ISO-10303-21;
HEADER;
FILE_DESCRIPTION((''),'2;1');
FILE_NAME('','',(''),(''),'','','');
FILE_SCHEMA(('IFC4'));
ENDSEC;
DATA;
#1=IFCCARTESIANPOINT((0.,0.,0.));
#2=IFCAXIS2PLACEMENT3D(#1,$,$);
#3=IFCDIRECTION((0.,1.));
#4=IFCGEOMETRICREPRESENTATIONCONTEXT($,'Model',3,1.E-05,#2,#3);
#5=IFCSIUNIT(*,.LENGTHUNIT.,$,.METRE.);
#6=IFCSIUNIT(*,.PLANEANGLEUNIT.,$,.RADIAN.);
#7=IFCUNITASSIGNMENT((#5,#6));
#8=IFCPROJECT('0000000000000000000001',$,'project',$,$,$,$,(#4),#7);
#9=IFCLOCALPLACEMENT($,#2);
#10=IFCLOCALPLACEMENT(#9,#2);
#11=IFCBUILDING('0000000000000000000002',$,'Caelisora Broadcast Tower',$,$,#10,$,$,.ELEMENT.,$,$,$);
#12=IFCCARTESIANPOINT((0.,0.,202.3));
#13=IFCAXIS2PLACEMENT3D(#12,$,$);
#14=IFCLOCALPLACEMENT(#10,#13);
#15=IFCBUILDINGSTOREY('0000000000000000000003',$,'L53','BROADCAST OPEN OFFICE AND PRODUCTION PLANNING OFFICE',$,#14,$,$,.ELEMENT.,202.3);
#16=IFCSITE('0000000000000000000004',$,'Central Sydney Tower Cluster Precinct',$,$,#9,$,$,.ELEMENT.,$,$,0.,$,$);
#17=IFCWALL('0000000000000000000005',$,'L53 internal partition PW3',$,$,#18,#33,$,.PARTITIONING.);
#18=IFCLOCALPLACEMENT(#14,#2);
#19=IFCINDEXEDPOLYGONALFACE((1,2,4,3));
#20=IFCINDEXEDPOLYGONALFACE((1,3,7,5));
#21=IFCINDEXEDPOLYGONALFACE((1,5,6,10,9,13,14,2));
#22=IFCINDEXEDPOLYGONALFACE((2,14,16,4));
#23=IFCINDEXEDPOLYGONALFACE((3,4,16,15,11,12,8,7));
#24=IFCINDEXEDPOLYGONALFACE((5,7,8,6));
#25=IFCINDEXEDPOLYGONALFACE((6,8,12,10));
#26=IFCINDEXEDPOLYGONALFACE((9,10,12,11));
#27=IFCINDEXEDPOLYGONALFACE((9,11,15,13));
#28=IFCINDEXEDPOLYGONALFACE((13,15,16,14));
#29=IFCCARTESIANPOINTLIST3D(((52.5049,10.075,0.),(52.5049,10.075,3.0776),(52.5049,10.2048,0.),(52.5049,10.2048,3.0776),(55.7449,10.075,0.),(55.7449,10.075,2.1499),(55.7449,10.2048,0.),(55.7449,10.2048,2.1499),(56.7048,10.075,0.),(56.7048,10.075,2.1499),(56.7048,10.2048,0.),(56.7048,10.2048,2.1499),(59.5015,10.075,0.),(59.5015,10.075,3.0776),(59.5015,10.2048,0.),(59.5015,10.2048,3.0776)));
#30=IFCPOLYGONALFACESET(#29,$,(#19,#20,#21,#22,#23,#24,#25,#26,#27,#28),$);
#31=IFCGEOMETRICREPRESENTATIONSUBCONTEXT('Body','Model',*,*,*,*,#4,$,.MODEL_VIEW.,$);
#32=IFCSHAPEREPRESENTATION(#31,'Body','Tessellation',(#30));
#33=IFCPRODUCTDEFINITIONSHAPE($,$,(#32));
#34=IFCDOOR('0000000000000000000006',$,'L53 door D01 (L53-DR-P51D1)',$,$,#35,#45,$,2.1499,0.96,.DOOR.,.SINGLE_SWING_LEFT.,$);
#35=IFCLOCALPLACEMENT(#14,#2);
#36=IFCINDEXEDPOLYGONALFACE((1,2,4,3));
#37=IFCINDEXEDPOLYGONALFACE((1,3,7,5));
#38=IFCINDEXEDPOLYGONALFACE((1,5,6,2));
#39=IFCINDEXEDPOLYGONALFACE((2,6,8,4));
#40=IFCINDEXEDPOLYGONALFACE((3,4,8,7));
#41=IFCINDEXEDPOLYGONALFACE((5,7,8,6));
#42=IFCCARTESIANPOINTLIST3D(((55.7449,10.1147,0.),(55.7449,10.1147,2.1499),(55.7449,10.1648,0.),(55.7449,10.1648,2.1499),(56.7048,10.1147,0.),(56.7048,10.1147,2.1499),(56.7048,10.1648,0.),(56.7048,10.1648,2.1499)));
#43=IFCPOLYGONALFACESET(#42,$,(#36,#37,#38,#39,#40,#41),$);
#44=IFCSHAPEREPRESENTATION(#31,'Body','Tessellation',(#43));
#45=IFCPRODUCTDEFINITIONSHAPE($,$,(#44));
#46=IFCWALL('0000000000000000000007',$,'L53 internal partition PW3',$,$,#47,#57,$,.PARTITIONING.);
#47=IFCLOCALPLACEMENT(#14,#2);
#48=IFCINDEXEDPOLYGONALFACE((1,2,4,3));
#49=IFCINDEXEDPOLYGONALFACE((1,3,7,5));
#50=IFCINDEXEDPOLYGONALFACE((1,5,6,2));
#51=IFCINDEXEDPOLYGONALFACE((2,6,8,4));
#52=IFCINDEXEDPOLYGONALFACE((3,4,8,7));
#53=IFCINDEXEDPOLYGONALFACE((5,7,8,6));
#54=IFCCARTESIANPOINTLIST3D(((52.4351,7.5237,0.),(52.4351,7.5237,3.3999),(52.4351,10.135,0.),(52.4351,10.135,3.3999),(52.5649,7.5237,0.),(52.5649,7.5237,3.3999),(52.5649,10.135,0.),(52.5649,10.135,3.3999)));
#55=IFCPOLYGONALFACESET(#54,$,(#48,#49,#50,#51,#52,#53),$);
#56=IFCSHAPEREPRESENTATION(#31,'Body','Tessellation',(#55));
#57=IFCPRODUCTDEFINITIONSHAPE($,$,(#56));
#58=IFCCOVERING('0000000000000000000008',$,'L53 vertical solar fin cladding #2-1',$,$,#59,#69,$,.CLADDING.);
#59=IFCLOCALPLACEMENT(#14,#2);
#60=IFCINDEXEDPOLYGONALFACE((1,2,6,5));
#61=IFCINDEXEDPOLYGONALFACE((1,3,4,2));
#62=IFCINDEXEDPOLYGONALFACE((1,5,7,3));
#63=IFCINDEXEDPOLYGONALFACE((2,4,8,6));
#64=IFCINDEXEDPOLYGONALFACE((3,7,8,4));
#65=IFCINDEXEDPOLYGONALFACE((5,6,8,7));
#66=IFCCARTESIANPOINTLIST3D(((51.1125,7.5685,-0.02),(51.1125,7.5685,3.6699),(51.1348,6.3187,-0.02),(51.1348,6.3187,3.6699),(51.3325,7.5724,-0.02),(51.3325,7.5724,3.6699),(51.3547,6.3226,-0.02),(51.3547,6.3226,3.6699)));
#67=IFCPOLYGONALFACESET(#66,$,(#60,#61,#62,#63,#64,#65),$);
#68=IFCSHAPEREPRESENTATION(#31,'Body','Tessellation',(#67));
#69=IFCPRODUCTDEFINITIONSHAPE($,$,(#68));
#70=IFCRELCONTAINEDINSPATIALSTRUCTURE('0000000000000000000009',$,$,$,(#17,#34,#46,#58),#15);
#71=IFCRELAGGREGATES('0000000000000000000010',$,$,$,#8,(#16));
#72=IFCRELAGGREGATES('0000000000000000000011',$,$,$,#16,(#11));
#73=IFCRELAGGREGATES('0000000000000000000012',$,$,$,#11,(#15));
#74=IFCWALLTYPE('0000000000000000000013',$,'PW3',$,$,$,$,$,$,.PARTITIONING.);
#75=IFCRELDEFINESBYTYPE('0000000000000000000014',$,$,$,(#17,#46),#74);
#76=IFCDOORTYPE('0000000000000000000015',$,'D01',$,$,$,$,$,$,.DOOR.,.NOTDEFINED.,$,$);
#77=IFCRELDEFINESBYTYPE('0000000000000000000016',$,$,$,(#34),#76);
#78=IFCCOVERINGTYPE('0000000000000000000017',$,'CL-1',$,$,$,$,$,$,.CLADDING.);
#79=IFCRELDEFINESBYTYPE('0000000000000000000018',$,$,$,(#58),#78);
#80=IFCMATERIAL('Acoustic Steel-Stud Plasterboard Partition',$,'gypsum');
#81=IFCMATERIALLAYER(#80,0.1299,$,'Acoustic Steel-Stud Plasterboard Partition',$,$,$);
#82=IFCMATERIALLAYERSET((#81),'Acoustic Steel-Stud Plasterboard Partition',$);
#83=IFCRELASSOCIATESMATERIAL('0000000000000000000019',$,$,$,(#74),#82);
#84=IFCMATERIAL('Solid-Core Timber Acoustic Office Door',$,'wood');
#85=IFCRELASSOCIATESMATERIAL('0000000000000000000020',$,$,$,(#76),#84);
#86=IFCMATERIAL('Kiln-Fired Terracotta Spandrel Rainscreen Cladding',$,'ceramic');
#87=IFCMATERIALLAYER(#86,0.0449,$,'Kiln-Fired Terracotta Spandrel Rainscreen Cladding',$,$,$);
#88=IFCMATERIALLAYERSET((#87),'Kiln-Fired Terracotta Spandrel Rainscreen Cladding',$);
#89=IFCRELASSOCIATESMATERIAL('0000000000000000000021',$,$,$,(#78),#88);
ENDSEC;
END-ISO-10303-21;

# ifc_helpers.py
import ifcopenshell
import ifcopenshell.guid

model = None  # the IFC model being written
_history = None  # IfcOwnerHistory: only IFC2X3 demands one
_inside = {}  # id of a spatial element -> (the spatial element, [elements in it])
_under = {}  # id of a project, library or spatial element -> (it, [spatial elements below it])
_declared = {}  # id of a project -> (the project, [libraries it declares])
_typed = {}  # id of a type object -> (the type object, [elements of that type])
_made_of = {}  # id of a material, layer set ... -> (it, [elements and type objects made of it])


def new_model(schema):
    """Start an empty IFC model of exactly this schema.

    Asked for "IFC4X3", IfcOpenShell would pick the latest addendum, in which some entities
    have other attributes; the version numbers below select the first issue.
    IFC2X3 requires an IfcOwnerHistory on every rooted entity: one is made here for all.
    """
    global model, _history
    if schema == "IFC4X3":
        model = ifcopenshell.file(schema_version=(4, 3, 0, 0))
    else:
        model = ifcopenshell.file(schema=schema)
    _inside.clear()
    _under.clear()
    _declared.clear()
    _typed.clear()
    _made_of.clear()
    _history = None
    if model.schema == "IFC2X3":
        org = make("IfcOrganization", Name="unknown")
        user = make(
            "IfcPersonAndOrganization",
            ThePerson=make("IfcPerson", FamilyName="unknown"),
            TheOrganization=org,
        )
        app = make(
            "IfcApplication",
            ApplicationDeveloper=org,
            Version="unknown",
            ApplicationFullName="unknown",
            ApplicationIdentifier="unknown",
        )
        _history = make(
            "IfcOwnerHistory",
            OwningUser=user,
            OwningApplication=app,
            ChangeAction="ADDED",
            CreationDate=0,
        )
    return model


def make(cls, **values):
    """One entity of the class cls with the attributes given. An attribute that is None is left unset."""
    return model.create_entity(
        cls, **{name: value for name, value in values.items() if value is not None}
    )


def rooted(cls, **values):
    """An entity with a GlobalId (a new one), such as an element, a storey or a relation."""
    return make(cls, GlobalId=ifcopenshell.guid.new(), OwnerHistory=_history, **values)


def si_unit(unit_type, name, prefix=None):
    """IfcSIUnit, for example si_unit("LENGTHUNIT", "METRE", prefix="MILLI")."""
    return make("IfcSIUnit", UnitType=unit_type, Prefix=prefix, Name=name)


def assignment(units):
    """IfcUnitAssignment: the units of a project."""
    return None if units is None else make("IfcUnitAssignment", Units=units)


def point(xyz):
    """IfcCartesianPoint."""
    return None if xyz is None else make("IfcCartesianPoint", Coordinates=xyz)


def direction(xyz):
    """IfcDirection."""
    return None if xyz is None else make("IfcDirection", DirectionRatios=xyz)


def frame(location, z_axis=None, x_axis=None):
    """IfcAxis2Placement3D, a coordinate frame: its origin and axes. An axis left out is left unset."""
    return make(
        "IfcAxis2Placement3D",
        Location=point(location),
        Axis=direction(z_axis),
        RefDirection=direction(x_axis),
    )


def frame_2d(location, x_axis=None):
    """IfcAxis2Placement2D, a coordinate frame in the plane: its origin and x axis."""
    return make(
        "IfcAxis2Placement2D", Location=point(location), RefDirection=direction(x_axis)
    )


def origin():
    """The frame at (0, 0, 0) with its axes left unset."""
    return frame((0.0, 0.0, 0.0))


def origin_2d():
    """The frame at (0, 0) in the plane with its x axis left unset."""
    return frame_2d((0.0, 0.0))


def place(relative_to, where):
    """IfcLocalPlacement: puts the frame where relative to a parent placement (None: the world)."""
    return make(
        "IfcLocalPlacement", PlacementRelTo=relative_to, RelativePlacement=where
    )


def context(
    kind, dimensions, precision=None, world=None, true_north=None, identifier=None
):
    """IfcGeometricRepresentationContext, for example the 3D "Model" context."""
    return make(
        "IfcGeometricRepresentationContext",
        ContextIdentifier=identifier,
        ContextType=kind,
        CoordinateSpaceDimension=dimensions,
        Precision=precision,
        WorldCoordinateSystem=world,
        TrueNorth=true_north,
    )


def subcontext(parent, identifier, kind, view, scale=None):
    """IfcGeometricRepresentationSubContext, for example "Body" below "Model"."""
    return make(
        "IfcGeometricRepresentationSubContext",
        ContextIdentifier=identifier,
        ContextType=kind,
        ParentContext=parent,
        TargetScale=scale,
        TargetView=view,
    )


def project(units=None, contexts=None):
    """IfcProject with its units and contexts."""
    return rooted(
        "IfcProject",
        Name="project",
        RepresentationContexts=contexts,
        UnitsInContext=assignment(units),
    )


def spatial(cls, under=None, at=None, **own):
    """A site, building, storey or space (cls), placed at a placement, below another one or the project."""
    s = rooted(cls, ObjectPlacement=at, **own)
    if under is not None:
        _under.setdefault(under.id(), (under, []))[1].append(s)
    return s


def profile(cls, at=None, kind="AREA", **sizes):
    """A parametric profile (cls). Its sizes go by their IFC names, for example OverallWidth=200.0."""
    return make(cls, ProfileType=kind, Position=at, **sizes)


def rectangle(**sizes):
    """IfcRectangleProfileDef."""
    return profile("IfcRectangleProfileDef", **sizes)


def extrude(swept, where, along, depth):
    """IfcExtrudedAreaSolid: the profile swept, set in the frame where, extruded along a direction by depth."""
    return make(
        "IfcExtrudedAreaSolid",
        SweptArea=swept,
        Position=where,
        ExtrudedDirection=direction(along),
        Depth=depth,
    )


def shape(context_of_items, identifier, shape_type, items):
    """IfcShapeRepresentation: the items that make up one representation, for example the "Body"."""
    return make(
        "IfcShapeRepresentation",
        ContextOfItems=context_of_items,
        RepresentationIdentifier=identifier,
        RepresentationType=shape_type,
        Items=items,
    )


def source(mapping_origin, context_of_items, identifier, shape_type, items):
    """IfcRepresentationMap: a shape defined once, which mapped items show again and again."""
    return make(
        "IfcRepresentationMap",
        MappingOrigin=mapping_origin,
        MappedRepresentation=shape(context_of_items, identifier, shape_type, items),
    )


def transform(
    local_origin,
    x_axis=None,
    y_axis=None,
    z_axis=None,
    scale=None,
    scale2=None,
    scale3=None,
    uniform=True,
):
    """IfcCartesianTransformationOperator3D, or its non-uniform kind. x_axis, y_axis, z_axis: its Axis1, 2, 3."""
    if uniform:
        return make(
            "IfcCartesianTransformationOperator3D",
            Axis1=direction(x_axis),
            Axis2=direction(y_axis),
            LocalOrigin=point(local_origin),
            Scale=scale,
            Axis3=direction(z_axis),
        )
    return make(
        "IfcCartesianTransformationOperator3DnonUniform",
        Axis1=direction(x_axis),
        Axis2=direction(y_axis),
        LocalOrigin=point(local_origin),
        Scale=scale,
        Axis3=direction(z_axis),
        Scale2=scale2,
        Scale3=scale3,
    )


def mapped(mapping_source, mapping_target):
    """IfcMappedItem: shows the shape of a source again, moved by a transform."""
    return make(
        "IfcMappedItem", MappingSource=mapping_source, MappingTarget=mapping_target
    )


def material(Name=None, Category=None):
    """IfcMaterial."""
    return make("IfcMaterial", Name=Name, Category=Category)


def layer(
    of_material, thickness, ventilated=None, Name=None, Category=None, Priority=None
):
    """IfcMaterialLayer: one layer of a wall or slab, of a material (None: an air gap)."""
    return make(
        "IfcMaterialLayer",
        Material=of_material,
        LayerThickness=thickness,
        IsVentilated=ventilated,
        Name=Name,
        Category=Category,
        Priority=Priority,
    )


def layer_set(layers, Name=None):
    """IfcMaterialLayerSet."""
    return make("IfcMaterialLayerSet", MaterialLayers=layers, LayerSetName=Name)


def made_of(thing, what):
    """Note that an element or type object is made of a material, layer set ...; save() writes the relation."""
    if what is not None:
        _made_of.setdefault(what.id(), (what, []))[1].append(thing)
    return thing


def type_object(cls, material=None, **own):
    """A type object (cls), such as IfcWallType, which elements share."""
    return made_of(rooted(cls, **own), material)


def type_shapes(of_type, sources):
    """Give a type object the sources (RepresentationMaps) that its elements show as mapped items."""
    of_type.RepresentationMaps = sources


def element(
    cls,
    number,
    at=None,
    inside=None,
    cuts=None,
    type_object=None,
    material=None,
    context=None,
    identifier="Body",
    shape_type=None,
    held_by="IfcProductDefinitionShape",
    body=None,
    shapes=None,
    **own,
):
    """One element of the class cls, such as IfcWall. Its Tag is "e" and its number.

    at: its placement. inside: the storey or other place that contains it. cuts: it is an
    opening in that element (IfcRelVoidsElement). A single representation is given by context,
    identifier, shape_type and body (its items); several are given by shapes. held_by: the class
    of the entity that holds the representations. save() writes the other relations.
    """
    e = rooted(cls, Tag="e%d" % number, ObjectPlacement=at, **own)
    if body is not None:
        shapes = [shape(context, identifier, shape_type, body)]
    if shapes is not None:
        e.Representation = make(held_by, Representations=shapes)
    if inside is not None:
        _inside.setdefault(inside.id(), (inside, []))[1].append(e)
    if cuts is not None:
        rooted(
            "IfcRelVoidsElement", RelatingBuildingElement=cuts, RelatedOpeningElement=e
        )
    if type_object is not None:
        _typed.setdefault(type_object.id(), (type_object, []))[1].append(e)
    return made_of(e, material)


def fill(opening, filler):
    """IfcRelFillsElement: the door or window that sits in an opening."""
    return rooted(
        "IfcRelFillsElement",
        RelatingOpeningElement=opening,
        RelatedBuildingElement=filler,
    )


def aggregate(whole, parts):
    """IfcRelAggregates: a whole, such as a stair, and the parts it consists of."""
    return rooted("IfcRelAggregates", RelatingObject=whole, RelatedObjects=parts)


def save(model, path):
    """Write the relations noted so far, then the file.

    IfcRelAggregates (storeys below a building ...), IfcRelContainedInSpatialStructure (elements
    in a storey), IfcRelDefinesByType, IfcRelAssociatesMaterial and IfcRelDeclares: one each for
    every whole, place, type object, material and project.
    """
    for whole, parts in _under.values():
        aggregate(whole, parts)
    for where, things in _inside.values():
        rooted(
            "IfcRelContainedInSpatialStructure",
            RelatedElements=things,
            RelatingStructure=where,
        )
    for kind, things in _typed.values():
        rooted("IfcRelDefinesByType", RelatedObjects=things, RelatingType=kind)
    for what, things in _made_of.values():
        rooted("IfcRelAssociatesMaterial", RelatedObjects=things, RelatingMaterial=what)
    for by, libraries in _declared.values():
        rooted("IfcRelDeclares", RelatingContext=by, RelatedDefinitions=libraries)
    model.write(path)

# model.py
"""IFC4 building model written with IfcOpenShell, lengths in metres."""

from ifc_helpers import new_model, si_unit, direction, frame, frame_2d, origin, origin_2d, place, context, subcontext, project, spatial, rectangle, extrude, source, transform, mapped, material, layer, layer_set, type_object, type_shapes, element, fill, save


model = new_model("IFC4")

# Units and contexts
model_context = context("Model", 3, precision=1e-05, world=origin(), true_north=direction((0.0, 1.0)))
body_context = subcontext(model_context, "Body", "Model", "MODEL_VIEW")
ifc_project = project(units=[si_unit("LENGTHUNIT", "METRE"), si_unit("PLANEANGLEUNIT", "RADIAN")], contexts=[model_context])

# Site, building, storey
site_placement = place(None, origin())
site = spatial("IfcSite", under=ifc_project, at=site_placement, Name="Central Sydney Tower Cluster Precinct", CompositionType="ELEMENT", RefElevation=0.0)
building_placement = place(site_placement, origin())
building = spatial("IfcBuilding", under=site, at=building_placement, Name="Caelisora Broadcast Tower", CompositionType="ELEMENT")
storey_placement = place(building_placement, frame((0.0, 0.0, 202.3)))
storey = spatial("IfcBuildingStorey", under=building, at=storey_placement, Name="L53", Description="BROADCAST OPEN OFFICE AND PRODUCTION PLANNING OFFICE", CompositionType="ELEMENT", Elevation=202.3)

# Shared definitions
ifc_material_1 = material(Name="Acoustic Steel-Stud Plasterboard Partition", Category="gypsum")
ifc_layer_1 = layer(ifc_material_1, 0.1299, Name="Acoustic Steel-Stud Plasterboard Partition")
ifc_layer_set_1 = layer_set([ifc_layer_1], Name="Acoustic Steel-Stud Plasterboard Partition")
wall_type_1 = type_object("IfcWallType", Name="PW3", PredefinedType="PARTITIONING", material=ifc_layer_set_1)

# Wall, opening, door
wall_1_placement = place(storey_placement, frame((52.5049, 10.1399, 0.0), z_axis=(0.0, 0.0, 1.0), x_axis=(1.0, 0.0, 0.0)))
wall_1 = element("IfcWall", 1, at=wall_1_placement, inside=storey, type_object=wall_type_1, Name="L53 internal partition PW3", PredefinedType="PARTITIONING", context=body_context, shape_type="SweptSolid", body=[
    extrude(rectangle(XDim=6.9966, YDim=0.1299, at=frame_2d((3.4983, 0.0))), origin(), (0.0, 0.0, 1.0), 3.0776),
])
opening_1_placement = place(wall_1_placement, frame((3.24, 0.0, 0.0)))
opening_1 = element("IfcOpeningElement", 2, at=opening_1_placement, cuts=wall_1, PredefinedType="OPENING", context=body_context, shape_type="SweptSolid", body=[
    extrude(rectangle(XDim=0.96, YDim=2.1499, at=frame_2d((0.48, 1.075))), frame((0.0, 0.0769, 0.0), z_axis=(0.0, -1.0, 0.0), x_axis=(1.0, 0.0, 0.0)), (0.0, 0.0, 1.0), 0.1538),
])
ifc_material_2 = material(Name="Solid-Core Timber Acoustic Office Door", Category="wood")
door_type = type_object("IfcDoorType", Name="D01", OperationType="NOTDEFINED", PredefinedType="DOOR", material=ifc_material_2)
door_1_placement = place(opening_1_placement, origin())
door_1 = element("IfcDoor", 3, at=door_1_placement, inside=storey, type_object=door_type, Name="L53 door D01 (L53-DR-P51D1)", OperationType="SINGLE_SWING_LEFT", OverallHeight=2.1499, OverallWidth=0.96, PredefinedType="DOOR", context=body_context, shape_type="SweptSolid", body=[
    extrude(rectangle(XDim=0.96, YDim=2.1499, at=frame_2d((0.48, 1.075))), frame((0.0, 0.0249, 0.0), z_axis=(0.0, -1.0, 0.0), x_axis=(1.0, 0.0, 0.0)), (0.0, 0.0, 1.0), 0.05),
])
fill(opening_1, door_1)

# Wall
wall_2_placement = place(storey_placement, frame((52.5, 7.5237, 0.0), z_axis=(0.0, 0.0, 1.0), x_axis=(0.0, 1.0, 0.0)))
element("IfcWall", 4, at=wall_2_placement, inside=storey, type_object=wall_type_1, Name="L53 internal partition PW3", PredefinedType="PARTITIONING", context=body_context, shape_type="SweptSolid", body=[
    extrude(rectangle(XDim=2.6113, YDim=0.1299, at=frame_2d((1.3057, 0.0))), origin(), (0.0, 0.0, 1.0), 3.3999),
])

# Covering
ifc_material_3 = material(Name="Kiln-Fired Terracotta Spandrel Rainscreen Cladding", Category="ceramic")
ifc_layer_2 = layer(ifc_material_3, 0.0449, Name="Kiln-Fired Terracotta Spandrel Rainscreen Cladding")
ifc_layer_set_2 = layer_set([ifc_layer_2], Name="Kiln-Fired Terracotta Spandrel Rainscreen Cladding")
covering_type = type_object("IfcCoveringType", Name="CL-1", PredefinedType="CLADDING", material=ifc_layer_set_2)
shared_shape_1 = source(origin(), body_context, "Body", "SweptSolid", [
    extrude(rectangle(XDim=0.22, YDim=1.25, at=origin_2d()), origin(), (0.0, 0.0, 1.0), 3.6899),
])
type_shapes(covering_type, [shared_shape_1])
covering_placement = place(storey_placement, frame((51.2336, 6.9456, -0.02), z_axis=(0.0, 0.0, 1.0), x_axis=(-0.999842, -0.017801, 0.0)))
element("IfcCovering", 5, at=covering_placement, inside=storey, type_object=covering_type, Name="L53 vertical solar fin cladding #2-1", PredefinedType="CLADDING", context=body_context, shape_type="MappedRepresentation", body=[
    mapped(shared_shape_1, transform((0.0, 0.0, 0.0), scale=1.0)),
])

save(model, "model.ifc")
